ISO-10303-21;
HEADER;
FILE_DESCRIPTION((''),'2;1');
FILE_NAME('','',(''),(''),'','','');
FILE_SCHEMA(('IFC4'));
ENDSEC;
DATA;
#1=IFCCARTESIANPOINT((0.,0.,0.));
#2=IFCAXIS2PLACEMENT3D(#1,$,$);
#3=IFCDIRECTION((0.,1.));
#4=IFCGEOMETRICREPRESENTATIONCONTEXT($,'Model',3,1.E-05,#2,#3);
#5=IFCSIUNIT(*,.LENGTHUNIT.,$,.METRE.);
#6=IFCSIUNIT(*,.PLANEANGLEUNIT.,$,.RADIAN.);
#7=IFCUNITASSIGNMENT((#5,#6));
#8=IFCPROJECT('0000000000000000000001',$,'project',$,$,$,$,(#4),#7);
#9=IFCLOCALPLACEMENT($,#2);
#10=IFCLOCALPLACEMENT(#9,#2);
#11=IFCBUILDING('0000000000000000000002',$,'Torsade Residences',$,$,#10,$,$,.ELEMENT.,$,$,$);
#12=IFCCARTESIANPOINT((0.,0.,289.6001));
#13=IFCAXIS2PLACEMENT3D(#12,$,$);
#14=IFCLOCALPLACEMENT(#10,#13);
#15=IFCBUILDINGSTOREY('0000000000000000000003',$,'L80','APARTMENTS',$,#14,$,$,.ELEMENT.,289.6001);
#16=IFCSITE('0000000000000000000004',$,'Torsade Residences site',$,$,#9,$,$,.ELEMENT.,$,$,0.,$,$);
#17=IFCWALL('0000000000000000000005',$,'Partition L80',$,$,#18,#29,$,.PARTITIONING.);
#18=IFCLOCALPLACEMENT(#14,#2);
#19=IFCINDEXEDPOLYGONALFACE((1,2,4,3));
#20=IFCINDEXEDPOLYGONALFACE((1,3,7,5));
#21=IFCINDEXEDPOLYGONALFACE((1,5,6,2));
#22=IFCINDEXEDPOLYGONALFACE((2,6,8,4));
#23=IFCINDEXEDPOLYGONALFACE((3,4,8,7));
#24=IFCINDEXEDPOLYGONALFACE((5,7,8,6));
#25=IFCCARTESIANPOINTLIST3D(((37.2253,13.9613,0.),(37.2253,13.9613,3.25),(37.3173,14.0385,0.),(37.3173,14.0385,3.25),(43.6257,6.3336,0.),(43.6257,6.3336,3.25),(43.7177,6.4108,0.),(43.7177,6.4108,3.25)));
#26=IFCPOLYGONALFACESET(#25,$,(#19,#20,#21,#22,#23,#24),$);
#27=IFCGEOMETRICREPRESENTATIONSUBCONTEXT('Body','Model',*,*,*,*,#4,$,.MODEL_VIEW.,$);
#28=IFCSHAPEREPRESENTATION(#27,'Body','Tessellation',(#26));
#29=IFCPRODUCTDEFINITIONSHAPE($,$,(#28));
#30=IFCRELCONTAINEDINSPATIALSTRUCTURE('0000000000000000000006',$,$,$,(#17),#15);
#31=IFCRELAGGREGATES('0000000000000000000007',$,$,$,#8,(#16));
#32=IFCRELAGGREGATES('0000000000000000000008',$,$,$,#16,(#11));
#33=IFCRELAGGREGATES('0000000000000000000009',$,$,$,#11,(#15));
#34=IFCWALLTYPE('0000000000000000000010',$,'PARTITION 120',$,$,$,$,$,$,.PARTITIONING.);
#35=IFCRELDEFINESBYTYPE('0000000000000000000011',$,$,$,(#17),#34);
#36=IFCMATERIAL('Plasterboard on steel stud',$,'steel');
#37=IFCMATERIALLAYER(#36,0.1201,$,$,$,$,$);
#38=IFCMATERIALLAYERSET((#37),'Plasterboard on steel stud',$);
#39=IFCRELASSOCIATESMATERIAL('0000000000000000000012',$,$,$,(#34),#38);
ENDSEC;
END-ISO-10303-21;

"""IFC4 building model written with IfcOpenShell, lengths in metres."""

from ifc_helpers import new_model, si_unit, direction, frame, frame_2d, origin, place, context, subcontext, project, spatial, rectangle, extrude, material, layer, layer_set, type_object, element, save


model = new_model("IFC4")

# Units and contexts
model_context = context("Model", 3, precision=1e-05, world=origin(), true_north=direction((0.0, 1.0)))
body_context = subcontext(model_context, "Body", "Model", "MODEL_VIEW")
ifc_project = project(units=[si_unit("LENGTHUNIT", "METRE"), si_unit("PLANEANGLEUNIT", "RADIAN")], contexts=[model_context])

# Site, building, storey
site_placement = place(None, origin())
site = spatial("IfcSite", under=ifc_project, at=site_placement, Name="Torsade Residences site", CompositionType="ELEMENT", RefElevation=0.0)
building_placement = place(site_placement, origin())
building = spatial("IfcBuilding", under=site, at=building_placement, Name="Torsade Residences", CompositionType="ELEMENT")
storey_placement = place(building_placement, frame((0.0, 0.0, 289.6001)))
storey = spatial("IfcBuildingStorey", under=building, at=storey_placement, Name="L80", Description="APARTMENTS", CompositionType="ELEMENT", Elevation=289.6001)

# Wall
ifc_material_1 = material(Name="Plasterboard on steel stud", Category="steel")
ifc_layer_1 = layer(ifc_material_1, 0.1201)
ifc_layer_set_1 = layer_set([ifc_layer_1], Name="Plasterboard on steel stud")
wall_type = type_object("IfcWallType", Name="PARTITION 120", PredefinedType="PARTITIONING", material=ifc_layer_set_1)
wall_placement = place(storey_placement, frame((43.6716, 6.3723, 0.0), z_axis=(0.0, 0.0, 1.0), x_axis=(-0.642788, 0.766044, 0.0)))
element("IfcWall", 1, at=wall_placement, inside=storey, type_object=wall_type, Name="Partition L80", PredefinedType="PARTITIONING", context=body_context, shape_type="SweptSolid", body=[
    extrude(rectangle(XDim=9.9573, YDim=0.1201, at=frame_2d((4.9785, 0.0))), origin(), (0.0, 0.0, 1.0), 3.25),
])

save(model, "model.ifc")
